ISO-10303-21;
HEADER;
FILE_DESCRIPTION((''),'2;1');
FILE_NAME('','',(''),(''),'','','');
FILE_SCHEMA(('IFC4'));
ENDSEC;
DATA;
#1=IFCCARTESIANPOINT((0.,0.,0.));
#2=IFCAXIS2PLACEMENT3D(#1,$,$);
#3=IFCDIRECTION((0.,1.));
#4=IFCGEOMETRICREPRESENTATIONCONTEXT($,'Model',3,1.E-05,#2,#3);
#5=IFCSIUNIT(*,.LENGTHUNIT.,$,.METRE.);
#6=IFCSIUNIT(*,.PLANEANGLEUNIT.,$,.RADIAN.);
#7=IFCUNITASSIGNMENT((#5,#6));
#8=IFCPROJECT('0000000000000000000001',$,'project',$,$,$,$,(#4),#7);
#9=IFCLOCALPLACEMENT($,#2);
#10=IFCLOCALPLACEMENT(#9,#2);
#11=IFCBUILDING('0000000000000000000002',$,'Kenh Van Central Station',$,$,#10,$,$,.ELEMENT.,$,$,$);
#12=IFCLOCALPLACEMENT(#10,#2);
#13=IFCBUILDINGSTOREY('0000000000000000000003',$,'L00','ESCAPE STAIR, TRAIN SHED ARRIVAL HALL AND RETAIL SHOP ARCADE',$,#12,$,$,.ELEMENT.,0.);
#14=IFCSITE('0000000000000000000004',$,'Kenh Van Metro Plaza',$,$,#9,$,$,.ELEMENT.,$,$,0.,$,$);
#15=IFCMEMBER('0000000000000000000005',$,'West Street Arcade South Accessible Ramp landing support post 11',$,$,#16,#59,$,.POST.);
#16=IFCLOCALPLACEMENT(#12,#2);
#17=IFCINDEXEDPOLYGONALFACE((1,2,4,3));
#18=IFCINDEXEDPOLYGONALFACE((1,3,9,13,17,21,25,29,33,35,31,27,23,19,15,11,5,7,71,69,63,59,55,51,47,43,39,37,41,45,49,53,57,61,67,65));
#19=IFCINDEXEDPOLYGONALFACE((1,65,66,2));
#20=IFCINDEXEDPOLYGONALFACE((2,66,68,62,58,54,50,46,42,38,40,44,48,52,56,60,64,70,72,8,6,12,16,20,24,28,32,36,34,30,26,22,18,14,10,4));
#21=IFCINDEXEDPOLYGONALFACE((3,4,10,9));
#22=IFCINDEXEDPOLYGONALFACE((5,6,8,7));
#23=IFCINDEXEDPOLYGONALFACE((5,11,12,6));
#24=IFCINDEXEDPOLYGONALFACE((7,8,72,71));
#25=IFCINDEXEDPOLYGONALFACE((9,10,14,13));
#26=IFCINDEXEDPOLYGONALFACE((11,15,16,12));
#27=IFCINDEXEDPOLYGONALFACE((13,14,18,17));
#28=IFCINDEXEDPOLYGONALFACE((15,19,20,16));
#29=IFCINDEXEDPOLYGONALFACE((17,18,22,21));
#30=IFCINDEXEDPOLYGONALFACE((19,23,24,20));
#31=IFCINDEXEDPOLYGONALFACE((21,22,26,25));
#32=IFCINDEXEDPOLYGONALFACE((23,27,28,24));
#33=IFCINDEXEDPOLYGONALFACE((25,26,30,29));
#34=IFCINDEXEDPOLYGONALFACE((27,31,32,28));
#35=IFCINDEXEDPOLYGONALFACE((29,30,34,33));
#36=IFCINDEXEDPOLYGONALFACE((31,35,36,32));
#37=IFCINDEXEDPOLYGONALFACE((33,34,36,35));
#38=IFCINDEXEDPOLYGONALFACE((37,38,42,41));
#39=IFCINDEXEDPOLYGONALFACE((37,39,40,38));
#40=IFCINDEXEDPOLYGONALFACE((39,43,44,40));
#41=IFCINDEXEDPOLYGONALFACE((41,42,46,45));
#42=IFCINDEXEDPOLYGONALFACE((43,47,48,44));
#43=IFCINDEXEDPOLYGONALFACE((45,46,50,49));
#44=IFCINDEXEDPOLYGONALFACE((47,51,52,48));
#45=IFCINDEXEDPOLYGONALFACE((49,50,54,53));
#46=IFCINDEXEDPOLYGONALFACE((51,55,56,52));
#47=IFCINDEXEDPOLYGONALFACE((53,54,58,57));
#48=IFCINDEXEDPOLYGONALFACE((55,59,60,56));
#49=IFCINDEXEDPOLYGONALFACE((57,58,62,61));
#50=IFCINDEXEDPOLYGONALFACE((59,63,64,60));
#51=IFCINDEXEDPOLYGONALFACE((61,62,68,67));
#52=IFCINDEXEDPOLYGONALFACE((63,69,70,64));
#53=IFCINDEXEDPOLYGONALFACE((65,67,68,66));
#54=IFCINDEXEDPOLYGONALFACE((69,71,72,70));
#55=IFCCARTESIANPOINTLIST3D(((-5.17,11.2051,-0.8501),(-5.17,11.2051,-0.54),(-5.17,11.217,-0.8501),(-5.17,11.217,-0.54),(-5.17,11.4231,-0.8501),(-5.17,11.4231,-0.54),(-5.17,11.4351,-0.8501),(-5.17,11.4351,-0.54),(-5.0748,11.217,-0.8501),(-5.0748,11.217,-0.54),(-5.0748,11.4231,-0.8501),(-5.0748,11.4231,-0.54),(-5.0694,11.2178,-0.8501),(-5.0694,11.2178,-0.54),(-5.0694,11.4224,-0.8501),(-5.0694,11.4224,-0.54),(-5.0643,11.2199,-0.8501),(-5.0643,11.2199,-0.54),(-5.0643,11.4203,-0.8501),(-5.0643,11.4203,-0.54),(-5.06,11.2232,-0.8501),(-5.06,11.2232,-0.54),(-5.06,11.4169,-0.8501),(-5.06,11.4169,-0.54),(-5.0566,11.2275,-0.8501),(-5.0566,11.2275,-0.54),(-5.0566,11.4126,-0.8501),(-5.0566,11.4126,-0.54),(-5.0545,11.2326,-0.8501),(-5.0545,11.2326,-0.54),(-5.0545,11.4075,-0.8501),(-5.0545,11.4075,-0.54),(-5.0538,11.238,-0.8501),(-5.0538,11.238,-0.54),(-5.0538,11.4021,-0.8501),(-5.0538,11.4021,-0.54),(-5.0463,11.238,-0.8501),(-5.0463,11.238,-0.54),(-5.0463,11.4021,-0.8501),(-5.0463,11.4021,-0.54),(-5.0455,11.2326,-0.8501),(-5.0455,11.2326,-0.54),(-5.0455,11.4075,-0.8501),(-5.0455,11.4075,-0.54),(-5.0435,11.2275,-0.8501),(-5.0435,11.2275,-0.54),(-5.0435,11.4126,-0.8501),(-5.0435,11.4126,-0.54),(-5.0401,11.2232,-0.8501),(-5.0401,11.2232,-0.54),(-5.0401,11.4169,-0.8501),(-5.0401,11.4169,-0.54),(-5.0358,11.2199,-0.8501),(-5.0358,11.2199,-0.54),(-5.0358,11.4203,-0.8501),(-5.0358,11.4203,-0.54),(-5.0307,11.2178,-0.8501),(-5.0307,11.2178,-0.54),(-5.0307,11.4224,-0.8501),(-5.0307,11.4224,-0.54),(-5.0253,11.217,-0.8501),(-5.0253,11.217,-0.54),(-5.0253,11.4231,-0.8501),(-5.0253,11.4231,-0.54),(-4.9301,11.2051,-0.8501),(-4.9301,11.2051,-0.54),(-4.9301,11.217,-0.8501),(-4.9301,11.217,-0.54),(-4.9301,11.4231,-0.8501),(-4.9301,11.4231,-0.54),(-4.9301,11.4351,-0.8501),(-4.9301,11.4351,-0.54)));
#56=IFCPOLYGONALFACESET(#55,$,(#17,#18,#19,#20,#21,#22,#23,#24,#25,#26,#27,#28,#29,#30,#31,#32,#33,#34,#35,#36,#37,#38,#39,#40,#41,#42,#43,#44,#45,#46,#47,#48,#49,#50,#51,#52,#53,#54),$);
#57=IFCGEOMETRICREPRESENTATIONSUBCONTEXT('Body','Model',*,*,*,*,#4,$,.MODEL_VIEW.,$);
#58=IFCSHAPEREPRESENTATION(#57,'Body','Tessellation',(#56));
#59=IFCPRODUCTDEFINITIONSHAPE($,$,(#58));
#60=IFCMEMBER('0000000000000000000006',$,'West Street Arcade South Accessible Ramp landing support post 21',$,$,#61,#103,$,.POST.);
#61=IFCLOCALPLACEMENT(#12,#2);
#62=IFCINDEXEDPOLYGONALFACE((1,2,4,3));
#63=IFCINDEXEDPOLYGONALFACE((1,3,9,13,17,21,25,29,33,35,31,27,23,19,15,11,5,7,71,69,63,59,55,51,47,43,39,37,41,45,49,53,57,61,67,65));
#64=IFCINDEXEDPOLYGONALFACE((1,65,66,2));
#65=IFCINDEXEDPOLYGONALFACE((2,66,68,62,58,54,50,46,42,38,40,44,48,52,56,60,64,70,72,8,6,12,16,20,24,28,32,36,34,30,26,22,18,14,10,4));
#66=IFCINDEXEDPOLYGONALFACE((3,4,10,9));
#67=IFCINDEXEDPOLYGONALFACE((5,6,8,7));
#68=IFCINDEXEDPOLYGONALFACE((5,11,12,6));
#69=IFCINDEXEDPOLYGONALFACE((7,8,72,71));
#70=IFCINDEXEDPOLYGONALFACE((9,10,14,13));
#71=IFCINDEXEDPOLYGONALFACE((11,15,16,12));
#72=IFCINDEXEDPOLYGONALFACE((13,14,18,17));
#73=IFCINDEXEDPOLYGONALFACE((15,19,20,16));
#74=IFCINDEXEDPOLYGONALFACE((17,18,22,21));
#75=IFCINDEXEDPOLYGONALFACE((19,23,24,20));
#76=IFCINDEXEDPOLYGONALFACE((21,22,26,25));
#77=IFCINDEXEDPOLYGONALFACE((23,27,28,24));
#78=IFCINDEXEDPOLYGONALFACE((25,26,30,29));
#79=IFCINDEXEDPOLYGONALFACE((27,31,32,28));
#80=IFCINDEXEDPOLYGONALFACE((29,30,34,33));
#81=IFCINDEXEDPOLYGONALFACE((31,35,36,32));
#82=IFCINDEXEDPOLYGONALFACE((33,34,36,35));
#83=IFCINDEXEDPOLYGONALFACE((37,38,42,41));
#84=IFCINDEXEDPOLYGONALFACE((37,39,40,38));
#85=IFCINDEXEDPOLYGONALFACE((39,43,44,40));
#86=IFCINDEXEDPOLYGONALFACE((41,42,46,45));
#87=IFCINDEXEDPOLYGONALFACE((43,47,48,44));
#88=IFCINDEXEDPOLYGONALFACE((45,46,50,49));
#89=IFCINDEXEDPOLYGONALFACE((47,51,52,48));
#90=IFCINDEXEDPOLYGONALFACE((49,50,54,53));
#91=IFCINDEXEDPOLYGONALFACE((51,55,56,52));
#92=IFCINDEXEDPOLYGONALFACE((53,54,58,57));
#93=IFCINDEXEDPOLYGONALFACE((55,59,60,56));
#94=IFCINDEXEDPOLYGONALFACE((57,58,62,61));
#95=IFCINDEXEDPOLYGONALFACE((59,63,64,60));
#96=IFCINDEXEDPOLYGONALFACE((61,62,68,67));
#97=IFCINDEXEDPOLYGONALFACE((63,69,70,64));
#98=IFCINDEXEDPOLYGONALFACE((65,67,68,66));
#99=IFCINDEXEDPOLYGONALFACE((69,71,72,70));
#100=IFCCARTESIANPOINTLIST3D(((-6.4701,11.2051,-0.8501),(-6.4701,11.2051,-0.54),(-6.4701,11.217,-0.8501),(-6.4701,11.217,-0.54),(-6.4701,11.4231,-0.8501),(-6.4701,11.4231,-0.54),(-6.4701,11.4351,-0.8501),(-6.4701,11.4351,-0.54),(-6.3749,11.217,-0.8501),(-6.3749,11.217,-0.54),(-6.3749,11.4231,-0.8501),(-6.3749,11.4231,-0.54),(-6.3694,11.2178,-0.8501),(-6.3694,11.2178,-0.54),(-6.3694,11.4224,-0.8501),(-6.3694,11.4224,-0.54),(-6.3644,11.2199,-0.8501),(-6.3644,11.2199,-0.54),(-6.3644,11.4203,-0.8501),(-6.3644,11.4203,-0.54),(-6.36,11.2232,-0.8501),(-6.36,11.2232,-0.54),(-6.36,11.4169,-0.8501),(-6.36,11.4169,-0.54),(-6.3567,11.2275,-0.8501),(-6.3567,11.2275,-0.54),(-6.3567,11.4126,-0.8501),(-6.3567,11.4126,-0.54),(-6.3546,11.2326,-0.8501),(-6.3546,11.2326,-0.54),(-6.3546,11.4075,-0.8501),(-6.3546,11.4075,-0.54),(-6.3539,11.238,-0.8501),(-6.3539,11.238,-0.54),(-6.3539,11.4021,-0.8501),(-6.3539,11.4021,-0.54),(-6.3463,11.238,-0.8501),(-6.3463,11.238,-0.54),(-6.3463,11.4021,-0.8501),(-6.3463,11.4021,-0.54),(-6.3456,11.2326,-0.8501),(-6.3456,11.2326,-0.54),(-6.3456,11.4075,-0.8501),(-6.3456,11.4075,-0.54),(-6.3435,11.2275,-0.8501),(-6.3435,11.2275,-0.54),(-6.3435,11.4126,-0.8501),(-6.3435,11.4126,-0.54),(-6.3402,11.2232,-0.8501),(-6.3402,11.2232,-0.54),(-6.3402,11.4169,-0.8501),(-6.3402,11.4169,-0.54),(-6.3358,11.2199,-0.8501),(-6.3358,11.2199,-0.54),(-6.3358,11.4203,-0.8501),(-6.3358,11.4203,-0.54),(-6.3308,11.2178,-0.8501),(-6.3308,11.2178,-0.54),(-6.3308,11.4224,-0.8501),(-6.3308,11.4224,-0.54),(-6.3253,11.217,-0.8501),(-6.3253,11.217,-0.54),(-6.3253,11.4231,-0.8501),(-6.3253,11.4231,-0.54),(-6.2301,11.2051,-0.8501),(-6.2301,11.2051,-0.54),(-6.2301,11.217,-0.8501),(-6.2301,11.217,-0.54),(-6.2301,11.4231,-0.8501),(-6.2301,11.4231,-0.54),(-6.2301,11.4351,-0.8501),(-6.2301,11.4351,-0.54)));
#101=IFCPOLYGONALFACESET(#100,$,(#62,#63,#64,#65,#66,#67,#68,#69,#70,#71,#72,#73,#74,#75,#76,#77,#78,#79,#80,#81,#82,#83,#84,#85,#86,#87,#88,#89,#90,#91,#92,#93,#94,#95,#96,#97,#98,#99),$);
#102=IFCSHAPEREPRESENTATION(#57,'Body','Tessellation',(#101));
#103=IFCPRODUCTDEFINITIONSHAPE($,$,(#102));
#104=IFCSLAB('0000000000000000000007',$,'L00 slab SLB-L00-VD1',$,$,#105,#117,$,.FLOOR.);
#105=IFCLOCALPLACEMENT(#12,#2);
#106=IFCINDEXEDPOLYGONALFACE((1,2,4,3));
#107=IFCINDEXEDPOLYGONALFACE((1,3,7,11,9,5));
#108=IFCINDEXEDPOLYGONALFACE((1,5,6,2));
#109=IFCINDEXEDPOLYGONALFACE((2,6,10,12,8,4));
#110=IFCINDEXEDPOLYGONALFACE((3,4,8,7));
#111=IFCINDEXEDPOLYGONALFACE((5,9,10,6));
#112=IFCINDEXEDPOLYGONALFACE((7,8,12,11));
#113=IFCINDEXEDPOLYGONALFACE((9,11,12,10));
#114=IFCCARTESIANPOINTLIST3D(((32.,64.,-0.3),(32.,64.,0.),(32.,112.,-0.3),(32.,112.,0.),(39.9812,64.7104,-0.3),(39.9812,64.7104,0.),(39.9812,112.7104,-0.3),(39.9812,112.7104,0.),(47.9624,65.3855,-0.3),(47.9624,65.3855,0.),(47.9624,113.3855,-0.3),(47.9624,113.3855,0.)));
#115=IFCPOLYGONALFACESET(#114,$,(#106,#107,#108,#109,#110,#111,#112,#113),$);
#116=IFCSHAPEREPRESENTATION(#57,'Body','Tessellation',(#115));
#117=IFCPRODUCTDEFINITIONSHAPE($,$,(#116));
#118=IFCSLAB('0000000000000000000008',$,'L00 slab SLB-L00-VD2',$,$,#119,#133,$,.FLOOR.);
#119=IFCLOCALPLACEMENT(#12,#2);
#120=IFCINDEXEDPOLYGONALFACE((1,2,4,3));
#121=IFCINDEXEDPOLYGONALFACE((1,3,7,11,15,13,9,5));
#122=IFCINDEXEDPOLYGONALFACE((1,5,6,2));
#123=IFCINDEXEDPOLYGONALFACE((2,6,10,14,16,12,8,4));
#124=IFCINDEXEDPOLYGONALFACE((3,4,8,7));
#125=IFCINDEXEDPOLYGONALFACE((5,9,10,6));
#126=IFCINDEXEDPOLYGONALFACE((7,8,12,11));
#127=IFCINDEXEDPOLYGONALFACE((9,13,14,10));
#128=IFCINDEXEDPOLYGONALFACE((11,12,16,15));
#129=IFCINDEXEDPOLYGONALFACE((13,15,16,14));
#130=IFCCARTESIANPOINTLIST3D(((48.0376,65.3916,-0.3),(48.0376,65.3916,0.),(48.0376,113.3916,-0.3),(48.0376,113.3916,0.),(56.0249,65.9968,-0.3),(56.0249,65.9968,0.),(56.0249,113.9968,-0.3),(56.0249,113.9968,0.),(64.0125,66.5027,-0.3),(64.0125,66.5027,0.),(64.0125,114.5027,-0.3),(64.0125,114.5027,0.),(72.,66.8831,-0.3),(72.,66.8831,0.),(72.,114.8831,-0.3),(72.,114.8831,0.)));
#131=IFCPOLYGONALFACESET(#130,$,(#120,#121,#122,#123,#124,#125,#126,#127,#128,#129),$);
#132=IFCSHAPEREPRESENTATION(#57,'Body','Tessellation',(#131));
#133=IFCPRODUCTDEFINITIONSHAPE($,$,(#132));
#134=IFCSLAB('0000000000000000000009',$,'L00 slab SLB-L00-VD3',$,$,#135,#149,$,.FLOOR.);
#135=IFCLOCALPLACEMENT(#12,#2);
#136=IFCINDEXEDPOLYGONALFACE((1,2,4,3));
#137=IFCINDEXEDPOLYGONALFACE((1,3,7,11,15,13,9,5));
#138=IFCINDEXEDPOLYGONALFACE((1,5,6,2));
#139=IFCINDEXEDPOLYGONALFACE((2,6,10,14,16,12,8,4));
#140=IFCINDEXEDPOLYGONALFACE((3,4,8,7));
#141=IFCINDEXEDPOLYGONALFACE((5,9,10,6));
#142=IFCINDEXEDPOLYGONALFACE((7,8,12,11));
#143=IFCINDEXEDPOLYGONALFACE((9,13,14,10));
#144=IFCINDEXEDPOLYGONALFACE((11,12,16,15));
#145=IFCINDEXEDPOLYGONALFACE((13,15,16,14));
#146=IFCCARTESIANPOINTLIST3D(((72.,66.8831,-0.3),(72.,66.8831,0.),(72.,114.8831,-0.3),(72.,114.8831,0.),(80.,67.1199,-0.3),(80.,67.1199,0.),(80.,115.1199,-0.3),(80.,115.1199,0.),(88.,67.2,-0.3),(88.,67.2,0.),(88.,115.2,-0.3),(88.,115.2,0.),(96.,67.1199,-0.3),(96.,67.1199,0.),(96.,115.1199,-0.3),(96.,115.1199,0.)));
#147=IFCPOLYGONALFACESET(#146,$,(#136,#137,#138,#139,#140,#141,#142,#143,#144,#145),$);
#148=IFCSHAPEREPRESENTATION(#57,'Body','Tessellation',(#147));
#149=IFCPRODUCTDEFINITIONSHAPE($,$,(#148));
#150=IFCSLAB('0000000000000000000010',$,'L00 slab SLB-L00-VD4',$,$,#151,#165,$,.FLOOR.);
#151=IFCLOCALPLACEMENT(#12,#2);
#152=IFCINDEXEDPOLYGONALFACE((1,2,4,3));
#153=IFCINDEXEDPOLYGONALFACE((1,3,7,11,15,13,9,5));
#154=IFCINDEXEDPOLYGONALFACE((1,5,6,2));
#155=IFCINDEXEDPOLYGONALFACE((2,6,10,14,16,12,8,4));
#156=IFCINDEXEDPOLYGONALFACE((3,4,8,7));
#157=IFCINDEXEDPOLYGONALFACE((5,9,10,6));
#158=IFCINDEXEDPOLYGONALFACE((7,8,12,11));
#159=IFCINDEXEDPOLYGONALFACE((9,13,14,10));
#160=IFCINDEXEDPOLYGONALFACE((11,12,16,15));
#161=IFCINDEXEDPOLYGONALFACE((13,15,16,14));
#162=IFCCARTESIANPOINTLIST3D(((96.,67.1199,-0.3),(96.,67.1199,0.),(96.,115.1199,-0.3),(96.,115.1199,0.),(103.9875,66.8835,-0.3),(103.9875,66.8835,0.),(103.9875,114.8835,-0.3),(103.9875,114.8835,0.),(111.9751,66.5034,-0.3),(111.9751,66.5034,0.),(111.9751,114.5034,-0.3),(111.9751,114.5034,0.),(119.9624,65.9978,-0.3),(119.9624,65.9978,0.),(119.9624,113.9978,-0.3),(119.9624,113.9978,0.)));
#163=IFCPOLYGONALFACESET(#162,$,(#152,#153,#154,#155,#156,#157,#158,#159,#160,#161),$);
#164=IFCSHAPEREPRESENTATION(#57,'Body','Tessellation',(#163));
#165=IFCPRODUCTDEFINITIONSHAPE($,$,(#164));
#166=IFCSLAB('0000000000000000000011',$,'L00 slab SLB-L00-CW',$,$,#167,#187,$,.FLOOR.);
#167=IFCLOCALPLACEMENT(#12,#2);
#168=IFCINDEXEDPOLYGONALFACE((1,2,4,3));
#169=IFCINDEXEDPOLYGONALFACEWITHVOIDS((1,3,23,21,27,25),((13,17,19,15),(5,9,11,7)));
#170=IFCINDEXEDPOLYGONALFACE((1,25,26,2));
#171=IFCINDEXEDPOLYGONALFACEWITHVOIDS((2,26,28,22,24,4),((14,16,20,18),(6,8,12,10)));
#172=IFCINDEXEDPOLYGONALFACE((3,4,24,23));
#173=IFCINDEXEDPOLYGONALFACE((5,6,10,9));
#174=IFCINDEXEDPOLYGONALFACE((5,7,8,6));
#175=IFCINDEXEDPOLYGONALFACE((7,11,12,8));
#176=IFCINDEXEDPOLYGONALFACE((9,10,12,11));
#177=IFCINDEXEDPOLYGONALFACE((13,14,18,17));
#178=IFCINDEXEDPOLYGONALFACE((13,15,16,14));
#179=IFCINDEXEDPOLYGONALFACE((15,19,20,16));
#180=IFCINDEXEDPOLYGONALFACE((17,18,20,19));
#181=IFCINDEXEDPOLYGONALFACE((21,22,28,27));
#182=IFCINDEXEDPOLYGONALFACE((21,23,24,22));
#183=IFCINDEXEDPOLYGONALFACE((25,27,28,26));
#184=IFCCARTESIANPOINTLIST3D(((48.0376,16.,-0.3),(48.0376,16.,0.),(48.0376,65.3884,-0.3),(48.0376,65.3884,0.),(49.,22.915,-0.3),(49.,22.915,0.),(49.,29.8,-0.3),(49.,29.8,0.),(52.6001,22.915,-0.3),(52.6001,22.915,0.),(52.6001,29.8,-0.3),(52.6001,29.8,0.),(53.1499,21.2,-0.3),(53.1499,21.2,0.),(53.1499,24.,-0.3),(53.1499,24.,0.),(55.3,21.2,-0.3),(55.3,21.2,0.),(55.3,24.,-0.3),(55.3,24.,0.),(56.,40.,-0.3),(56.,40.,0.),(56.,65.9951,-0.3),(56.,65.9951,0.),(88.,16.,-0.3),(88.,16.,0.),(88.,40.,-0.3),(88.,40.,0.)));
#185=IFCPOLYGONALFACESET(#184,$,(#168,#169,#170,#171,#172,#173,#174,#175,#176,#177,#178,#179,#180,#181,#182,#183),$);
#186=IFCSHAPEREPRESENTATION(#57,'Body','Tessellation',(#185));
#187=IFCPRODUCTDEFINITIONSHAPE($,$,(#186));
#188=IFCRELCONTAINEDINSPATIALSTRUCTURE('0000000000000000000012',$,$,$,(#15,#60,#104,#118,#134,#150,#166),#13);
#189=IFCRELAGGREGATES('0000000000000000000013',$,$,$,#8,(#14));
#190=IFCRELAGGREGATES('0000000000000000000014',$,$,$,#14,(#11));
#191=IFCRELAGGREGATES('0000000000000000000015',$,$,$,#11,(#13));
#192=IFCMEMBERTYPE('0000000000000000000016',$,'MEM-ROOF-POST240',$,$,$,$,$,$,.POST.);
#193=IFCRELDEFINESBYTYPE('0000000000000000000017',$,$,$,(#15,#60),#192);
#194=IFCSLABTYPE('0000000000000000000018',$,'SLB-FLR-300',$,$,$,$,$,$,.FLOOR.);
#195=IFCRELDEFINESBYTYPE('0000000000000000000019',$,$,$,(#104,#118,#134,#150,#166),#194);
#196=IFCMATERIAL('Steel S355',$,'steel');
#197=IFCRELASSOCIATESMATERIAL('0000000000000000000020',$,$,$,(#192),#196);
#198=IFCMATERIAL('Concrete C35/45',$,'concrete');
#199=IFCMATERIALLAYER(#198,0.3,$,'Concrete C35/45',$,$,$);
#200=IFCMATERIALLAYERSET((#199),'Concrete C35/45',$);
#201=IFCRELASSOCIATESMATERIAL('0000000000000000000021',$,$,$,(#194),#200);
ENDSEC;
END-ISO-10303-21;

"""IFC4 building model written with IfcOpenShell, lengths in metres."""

from ifc_helpers import new_model, si_unit, direction, frame, origin, origin_2d, place, context, subcontext, project, spatial, polyline, i_section, outline, extrude, material, layer, layer_set, material_profile, profile_set, type_object, element, save


model = new_model("IFC4")

# Units and contexts
model_context = context("Model", 3, precision=1e-05, world=origin(), true_north=direction((0.0, 1.0)))
body_context = subcontext(model_context, "Body", "Model", "MODEL_VIEW")
ifc_project = project(units=[si_unit("LENGTHUNIT", "METRE"), si_unit("PLANEANGLEUNIT", "RADIAN")], contexts=[model_context])

# Site, building, storey
site_placement = place(None, origin())
site = spatial("IfcSite", under=ifc_project, at=site_placement, Name="Kenh Van Metro Plaza", CompositionType="ELEMENT", RefElevation=0.0)
building_placement = place(site_placement, origin())
building = spatial("IfcBuilding", under=site, at=building_placement, Name="Kenh Van Central Station", CompositionType="ELEMENT")
storey_placement = place(building_placement, origin())
storey = spatial("IfcBuildingStorey", under=building, at=storey_placement, Name="L00", Description="ESCAPE STAIR, TRAIN SHED ARRIVAL HALL AND RETAIL SHOP ARCADE", CompositionType="ELEMENT", Elevation=0.0)

# Members
ifc_material_1 = material(Name="Steel S355", Category="steel")
ifc_material_profile = material_profile(ifc_material_1, i_section(OverallWidth=0.24, OverallDepth=0.23, WebThickness=0.0076, FlangeThickness=0.012, FilletRadius=0.021, at=origin_2d()), Name="HEA 240")
ifc_profile_set = profile_set([ifc_material_profile], Name="Steel S355")
member_type = type_object("IfcMemberType", Name="MEM-ROOF-POST240", PredefinedType="POST", material=ifc_profile_set)
for number, where, z_axis, x_axis, name in (
    (1, (-5.05, 11.3201, -0.8501), (0.0, 0.0, 1.0), (1.0, 0.0, 0.0), "West Street Arcade South Accessible Ramp landing support post 11"),
    (2, (-6.3501, 11.3201, -0.8501), (0.0, 0.0, 1.0), (1.0, 0.0, 0.0), "West Street Arcade South Accessible Ramp landing support post 21"),
):
    element("IfcMember", number, at=place(storey_placement, frame(where, z_axis=z_axis, x_axis=x_axis)), inside=storey, type_object=member_type, Name=name, PredefinedType="POST", context=body_context, shape_type="SweptSolid", body=[
        extrude(i_section(OverallWidth=0.24, OverallDepth=0.23, WebThickness=0.0076, FlangeThickness=0.012, FilletRadius=0.021, at=origin_2d()), origin(), (0.0, 0.0, 1.0), 0.3101),
    ])

# Slabs
ifc_material_2 = material(Name="Concrete C35/45", Category="concrete")
ifc_layer_1 = layer(ifc_material_2, 0.3, Name="Concrete C35/45")
ifc_layer_set_1 = layer_set([ifc_layer_1], Name="Concrete C35/45")
slab_type_1 = type_object("IfcSlabType", Name="SLB-FLR-300", PredefinedType="FLOOR", material=ifc_layer_set_1)
slab_1_placement = place(storey_placement, frame((0.0, 0.0, -0.3)))
element("IfcSlab", 3, at=slab_1_placement, inside=storey, type_object=slab_type_1, Name="L00 slab SLB-L00-VD1", PredefinedType="FLOOR", context=body_context, shape_type="SweptSolid", body=[
    extrude(outline(polyline([(32.0, 64.0), (39.9812, 64.7104), (47.9624, 65.3855), (47.9624, 113.3855), (39.9812, 112.7104), (32.0, 112.0), (32.0, 64.0)])), origin(), (0.0, 0.0, 1.0), 0.3),
])
slab_2_placement = place(storey_placement, frame((0.0, 0.0, -0.3)))
element("IfcSlab", 4, at=slab_2_placement, inside=storey, type_object=slab_type_1, Name="L00 slab SLB-L00-VD2", PredefinedType="FLOOR", context=body_context, shape_type="SweptSolid", body=[
    extrude(outline(polyline([(48.0376, 65.3916), (56.0249, 65.9968), (64.0125, 66.5027), (72.0, 66.8831), (72.0, 114.8831), (64.0125, 114.5027), (56.0249, 113.9968), (48.0376, 113.3916), (48.0376, 65.3916)])), origin(), (0.0, 0.0, 1.0), 0.3),
])
slab_3_placement = place(storey_placement, frame((0.0, 0.0, -0.3)))
element("IfcSlab", 5, at=slab_3_placement, inside=storey, type_object=slab_type_1, Name="L00 slab SLB-L00-VD3", PredefinedType="FLOOR", context=body_context, shape_type="SweptSolid", body=[
    extrude(outline(polyline([(72.0, 66.8831), (80.0, 67.1199), (88.0, 67.2), (96.0, 67.1199), (96.0, 115.1199), (88.0, 115.2), (80.0, 115.1199), (72.0, 114.8831), (72.0, 66.8831)])), origin(), (0.0, 0.0, 1.0), 0.3),
])
slab_4_placement = place(storey_placement, frame((0.0, 0.0, -0.3)))
element("IfcSlab", 6, at=slab_4_placement, inside=storey, type_object=slab_type_1, Name="L00 slab SLB-L00-VD4", PredefinedType="FLOOR", context=body_context, shape_type="SweptSolid", body=[
    extrude(outline(polyline([(96.0, 67.1199), (103.9875, 66.8835), (111.9751, 66.5034), (119.9624, 65.9978), (119.9624, 113.9978), (111.9751, 114.5034), (103.9875, 114.8835), (96.0, 115.1199), (96.0, 67.1199)])), origin(), (0.0, 0.0, 1.0), 0.3),
])
slab_5_placement = place(storey_placement, frame((0.0, 0.0, -0.3)))
element("IfcSlab", 7, at=slab_5_placement, inside=storey, type_object=slab_type_1, Name="L00 slab SLB-L00-CW", PredefinedType="FLOOR", context=body_context, shape_type="SweptSolid", body=[
    extrude(outline(polyline([(48.0376, 16.0), (88.0, 16.0), (88.0, 40.0), (56.0, 40.0), (56.0, 65.9951), (48.0376, 65.3884), (48.0376, 16.0)]), holes=[polyline([(55.3, 21.2), (53.1499, 21.2), (53.1499, 24.0), (55.3, 24.0), (55.3, 21.2)]), polyline([(52.6001, 22.915), (49.0, 22.915), (49.0, 29.8), (52.6001, 29.8), (52.6001, 22.915)])]), origin(), (0.0, 0.0, 1.0), 0.3),
])

save(model, "model.ifc")
